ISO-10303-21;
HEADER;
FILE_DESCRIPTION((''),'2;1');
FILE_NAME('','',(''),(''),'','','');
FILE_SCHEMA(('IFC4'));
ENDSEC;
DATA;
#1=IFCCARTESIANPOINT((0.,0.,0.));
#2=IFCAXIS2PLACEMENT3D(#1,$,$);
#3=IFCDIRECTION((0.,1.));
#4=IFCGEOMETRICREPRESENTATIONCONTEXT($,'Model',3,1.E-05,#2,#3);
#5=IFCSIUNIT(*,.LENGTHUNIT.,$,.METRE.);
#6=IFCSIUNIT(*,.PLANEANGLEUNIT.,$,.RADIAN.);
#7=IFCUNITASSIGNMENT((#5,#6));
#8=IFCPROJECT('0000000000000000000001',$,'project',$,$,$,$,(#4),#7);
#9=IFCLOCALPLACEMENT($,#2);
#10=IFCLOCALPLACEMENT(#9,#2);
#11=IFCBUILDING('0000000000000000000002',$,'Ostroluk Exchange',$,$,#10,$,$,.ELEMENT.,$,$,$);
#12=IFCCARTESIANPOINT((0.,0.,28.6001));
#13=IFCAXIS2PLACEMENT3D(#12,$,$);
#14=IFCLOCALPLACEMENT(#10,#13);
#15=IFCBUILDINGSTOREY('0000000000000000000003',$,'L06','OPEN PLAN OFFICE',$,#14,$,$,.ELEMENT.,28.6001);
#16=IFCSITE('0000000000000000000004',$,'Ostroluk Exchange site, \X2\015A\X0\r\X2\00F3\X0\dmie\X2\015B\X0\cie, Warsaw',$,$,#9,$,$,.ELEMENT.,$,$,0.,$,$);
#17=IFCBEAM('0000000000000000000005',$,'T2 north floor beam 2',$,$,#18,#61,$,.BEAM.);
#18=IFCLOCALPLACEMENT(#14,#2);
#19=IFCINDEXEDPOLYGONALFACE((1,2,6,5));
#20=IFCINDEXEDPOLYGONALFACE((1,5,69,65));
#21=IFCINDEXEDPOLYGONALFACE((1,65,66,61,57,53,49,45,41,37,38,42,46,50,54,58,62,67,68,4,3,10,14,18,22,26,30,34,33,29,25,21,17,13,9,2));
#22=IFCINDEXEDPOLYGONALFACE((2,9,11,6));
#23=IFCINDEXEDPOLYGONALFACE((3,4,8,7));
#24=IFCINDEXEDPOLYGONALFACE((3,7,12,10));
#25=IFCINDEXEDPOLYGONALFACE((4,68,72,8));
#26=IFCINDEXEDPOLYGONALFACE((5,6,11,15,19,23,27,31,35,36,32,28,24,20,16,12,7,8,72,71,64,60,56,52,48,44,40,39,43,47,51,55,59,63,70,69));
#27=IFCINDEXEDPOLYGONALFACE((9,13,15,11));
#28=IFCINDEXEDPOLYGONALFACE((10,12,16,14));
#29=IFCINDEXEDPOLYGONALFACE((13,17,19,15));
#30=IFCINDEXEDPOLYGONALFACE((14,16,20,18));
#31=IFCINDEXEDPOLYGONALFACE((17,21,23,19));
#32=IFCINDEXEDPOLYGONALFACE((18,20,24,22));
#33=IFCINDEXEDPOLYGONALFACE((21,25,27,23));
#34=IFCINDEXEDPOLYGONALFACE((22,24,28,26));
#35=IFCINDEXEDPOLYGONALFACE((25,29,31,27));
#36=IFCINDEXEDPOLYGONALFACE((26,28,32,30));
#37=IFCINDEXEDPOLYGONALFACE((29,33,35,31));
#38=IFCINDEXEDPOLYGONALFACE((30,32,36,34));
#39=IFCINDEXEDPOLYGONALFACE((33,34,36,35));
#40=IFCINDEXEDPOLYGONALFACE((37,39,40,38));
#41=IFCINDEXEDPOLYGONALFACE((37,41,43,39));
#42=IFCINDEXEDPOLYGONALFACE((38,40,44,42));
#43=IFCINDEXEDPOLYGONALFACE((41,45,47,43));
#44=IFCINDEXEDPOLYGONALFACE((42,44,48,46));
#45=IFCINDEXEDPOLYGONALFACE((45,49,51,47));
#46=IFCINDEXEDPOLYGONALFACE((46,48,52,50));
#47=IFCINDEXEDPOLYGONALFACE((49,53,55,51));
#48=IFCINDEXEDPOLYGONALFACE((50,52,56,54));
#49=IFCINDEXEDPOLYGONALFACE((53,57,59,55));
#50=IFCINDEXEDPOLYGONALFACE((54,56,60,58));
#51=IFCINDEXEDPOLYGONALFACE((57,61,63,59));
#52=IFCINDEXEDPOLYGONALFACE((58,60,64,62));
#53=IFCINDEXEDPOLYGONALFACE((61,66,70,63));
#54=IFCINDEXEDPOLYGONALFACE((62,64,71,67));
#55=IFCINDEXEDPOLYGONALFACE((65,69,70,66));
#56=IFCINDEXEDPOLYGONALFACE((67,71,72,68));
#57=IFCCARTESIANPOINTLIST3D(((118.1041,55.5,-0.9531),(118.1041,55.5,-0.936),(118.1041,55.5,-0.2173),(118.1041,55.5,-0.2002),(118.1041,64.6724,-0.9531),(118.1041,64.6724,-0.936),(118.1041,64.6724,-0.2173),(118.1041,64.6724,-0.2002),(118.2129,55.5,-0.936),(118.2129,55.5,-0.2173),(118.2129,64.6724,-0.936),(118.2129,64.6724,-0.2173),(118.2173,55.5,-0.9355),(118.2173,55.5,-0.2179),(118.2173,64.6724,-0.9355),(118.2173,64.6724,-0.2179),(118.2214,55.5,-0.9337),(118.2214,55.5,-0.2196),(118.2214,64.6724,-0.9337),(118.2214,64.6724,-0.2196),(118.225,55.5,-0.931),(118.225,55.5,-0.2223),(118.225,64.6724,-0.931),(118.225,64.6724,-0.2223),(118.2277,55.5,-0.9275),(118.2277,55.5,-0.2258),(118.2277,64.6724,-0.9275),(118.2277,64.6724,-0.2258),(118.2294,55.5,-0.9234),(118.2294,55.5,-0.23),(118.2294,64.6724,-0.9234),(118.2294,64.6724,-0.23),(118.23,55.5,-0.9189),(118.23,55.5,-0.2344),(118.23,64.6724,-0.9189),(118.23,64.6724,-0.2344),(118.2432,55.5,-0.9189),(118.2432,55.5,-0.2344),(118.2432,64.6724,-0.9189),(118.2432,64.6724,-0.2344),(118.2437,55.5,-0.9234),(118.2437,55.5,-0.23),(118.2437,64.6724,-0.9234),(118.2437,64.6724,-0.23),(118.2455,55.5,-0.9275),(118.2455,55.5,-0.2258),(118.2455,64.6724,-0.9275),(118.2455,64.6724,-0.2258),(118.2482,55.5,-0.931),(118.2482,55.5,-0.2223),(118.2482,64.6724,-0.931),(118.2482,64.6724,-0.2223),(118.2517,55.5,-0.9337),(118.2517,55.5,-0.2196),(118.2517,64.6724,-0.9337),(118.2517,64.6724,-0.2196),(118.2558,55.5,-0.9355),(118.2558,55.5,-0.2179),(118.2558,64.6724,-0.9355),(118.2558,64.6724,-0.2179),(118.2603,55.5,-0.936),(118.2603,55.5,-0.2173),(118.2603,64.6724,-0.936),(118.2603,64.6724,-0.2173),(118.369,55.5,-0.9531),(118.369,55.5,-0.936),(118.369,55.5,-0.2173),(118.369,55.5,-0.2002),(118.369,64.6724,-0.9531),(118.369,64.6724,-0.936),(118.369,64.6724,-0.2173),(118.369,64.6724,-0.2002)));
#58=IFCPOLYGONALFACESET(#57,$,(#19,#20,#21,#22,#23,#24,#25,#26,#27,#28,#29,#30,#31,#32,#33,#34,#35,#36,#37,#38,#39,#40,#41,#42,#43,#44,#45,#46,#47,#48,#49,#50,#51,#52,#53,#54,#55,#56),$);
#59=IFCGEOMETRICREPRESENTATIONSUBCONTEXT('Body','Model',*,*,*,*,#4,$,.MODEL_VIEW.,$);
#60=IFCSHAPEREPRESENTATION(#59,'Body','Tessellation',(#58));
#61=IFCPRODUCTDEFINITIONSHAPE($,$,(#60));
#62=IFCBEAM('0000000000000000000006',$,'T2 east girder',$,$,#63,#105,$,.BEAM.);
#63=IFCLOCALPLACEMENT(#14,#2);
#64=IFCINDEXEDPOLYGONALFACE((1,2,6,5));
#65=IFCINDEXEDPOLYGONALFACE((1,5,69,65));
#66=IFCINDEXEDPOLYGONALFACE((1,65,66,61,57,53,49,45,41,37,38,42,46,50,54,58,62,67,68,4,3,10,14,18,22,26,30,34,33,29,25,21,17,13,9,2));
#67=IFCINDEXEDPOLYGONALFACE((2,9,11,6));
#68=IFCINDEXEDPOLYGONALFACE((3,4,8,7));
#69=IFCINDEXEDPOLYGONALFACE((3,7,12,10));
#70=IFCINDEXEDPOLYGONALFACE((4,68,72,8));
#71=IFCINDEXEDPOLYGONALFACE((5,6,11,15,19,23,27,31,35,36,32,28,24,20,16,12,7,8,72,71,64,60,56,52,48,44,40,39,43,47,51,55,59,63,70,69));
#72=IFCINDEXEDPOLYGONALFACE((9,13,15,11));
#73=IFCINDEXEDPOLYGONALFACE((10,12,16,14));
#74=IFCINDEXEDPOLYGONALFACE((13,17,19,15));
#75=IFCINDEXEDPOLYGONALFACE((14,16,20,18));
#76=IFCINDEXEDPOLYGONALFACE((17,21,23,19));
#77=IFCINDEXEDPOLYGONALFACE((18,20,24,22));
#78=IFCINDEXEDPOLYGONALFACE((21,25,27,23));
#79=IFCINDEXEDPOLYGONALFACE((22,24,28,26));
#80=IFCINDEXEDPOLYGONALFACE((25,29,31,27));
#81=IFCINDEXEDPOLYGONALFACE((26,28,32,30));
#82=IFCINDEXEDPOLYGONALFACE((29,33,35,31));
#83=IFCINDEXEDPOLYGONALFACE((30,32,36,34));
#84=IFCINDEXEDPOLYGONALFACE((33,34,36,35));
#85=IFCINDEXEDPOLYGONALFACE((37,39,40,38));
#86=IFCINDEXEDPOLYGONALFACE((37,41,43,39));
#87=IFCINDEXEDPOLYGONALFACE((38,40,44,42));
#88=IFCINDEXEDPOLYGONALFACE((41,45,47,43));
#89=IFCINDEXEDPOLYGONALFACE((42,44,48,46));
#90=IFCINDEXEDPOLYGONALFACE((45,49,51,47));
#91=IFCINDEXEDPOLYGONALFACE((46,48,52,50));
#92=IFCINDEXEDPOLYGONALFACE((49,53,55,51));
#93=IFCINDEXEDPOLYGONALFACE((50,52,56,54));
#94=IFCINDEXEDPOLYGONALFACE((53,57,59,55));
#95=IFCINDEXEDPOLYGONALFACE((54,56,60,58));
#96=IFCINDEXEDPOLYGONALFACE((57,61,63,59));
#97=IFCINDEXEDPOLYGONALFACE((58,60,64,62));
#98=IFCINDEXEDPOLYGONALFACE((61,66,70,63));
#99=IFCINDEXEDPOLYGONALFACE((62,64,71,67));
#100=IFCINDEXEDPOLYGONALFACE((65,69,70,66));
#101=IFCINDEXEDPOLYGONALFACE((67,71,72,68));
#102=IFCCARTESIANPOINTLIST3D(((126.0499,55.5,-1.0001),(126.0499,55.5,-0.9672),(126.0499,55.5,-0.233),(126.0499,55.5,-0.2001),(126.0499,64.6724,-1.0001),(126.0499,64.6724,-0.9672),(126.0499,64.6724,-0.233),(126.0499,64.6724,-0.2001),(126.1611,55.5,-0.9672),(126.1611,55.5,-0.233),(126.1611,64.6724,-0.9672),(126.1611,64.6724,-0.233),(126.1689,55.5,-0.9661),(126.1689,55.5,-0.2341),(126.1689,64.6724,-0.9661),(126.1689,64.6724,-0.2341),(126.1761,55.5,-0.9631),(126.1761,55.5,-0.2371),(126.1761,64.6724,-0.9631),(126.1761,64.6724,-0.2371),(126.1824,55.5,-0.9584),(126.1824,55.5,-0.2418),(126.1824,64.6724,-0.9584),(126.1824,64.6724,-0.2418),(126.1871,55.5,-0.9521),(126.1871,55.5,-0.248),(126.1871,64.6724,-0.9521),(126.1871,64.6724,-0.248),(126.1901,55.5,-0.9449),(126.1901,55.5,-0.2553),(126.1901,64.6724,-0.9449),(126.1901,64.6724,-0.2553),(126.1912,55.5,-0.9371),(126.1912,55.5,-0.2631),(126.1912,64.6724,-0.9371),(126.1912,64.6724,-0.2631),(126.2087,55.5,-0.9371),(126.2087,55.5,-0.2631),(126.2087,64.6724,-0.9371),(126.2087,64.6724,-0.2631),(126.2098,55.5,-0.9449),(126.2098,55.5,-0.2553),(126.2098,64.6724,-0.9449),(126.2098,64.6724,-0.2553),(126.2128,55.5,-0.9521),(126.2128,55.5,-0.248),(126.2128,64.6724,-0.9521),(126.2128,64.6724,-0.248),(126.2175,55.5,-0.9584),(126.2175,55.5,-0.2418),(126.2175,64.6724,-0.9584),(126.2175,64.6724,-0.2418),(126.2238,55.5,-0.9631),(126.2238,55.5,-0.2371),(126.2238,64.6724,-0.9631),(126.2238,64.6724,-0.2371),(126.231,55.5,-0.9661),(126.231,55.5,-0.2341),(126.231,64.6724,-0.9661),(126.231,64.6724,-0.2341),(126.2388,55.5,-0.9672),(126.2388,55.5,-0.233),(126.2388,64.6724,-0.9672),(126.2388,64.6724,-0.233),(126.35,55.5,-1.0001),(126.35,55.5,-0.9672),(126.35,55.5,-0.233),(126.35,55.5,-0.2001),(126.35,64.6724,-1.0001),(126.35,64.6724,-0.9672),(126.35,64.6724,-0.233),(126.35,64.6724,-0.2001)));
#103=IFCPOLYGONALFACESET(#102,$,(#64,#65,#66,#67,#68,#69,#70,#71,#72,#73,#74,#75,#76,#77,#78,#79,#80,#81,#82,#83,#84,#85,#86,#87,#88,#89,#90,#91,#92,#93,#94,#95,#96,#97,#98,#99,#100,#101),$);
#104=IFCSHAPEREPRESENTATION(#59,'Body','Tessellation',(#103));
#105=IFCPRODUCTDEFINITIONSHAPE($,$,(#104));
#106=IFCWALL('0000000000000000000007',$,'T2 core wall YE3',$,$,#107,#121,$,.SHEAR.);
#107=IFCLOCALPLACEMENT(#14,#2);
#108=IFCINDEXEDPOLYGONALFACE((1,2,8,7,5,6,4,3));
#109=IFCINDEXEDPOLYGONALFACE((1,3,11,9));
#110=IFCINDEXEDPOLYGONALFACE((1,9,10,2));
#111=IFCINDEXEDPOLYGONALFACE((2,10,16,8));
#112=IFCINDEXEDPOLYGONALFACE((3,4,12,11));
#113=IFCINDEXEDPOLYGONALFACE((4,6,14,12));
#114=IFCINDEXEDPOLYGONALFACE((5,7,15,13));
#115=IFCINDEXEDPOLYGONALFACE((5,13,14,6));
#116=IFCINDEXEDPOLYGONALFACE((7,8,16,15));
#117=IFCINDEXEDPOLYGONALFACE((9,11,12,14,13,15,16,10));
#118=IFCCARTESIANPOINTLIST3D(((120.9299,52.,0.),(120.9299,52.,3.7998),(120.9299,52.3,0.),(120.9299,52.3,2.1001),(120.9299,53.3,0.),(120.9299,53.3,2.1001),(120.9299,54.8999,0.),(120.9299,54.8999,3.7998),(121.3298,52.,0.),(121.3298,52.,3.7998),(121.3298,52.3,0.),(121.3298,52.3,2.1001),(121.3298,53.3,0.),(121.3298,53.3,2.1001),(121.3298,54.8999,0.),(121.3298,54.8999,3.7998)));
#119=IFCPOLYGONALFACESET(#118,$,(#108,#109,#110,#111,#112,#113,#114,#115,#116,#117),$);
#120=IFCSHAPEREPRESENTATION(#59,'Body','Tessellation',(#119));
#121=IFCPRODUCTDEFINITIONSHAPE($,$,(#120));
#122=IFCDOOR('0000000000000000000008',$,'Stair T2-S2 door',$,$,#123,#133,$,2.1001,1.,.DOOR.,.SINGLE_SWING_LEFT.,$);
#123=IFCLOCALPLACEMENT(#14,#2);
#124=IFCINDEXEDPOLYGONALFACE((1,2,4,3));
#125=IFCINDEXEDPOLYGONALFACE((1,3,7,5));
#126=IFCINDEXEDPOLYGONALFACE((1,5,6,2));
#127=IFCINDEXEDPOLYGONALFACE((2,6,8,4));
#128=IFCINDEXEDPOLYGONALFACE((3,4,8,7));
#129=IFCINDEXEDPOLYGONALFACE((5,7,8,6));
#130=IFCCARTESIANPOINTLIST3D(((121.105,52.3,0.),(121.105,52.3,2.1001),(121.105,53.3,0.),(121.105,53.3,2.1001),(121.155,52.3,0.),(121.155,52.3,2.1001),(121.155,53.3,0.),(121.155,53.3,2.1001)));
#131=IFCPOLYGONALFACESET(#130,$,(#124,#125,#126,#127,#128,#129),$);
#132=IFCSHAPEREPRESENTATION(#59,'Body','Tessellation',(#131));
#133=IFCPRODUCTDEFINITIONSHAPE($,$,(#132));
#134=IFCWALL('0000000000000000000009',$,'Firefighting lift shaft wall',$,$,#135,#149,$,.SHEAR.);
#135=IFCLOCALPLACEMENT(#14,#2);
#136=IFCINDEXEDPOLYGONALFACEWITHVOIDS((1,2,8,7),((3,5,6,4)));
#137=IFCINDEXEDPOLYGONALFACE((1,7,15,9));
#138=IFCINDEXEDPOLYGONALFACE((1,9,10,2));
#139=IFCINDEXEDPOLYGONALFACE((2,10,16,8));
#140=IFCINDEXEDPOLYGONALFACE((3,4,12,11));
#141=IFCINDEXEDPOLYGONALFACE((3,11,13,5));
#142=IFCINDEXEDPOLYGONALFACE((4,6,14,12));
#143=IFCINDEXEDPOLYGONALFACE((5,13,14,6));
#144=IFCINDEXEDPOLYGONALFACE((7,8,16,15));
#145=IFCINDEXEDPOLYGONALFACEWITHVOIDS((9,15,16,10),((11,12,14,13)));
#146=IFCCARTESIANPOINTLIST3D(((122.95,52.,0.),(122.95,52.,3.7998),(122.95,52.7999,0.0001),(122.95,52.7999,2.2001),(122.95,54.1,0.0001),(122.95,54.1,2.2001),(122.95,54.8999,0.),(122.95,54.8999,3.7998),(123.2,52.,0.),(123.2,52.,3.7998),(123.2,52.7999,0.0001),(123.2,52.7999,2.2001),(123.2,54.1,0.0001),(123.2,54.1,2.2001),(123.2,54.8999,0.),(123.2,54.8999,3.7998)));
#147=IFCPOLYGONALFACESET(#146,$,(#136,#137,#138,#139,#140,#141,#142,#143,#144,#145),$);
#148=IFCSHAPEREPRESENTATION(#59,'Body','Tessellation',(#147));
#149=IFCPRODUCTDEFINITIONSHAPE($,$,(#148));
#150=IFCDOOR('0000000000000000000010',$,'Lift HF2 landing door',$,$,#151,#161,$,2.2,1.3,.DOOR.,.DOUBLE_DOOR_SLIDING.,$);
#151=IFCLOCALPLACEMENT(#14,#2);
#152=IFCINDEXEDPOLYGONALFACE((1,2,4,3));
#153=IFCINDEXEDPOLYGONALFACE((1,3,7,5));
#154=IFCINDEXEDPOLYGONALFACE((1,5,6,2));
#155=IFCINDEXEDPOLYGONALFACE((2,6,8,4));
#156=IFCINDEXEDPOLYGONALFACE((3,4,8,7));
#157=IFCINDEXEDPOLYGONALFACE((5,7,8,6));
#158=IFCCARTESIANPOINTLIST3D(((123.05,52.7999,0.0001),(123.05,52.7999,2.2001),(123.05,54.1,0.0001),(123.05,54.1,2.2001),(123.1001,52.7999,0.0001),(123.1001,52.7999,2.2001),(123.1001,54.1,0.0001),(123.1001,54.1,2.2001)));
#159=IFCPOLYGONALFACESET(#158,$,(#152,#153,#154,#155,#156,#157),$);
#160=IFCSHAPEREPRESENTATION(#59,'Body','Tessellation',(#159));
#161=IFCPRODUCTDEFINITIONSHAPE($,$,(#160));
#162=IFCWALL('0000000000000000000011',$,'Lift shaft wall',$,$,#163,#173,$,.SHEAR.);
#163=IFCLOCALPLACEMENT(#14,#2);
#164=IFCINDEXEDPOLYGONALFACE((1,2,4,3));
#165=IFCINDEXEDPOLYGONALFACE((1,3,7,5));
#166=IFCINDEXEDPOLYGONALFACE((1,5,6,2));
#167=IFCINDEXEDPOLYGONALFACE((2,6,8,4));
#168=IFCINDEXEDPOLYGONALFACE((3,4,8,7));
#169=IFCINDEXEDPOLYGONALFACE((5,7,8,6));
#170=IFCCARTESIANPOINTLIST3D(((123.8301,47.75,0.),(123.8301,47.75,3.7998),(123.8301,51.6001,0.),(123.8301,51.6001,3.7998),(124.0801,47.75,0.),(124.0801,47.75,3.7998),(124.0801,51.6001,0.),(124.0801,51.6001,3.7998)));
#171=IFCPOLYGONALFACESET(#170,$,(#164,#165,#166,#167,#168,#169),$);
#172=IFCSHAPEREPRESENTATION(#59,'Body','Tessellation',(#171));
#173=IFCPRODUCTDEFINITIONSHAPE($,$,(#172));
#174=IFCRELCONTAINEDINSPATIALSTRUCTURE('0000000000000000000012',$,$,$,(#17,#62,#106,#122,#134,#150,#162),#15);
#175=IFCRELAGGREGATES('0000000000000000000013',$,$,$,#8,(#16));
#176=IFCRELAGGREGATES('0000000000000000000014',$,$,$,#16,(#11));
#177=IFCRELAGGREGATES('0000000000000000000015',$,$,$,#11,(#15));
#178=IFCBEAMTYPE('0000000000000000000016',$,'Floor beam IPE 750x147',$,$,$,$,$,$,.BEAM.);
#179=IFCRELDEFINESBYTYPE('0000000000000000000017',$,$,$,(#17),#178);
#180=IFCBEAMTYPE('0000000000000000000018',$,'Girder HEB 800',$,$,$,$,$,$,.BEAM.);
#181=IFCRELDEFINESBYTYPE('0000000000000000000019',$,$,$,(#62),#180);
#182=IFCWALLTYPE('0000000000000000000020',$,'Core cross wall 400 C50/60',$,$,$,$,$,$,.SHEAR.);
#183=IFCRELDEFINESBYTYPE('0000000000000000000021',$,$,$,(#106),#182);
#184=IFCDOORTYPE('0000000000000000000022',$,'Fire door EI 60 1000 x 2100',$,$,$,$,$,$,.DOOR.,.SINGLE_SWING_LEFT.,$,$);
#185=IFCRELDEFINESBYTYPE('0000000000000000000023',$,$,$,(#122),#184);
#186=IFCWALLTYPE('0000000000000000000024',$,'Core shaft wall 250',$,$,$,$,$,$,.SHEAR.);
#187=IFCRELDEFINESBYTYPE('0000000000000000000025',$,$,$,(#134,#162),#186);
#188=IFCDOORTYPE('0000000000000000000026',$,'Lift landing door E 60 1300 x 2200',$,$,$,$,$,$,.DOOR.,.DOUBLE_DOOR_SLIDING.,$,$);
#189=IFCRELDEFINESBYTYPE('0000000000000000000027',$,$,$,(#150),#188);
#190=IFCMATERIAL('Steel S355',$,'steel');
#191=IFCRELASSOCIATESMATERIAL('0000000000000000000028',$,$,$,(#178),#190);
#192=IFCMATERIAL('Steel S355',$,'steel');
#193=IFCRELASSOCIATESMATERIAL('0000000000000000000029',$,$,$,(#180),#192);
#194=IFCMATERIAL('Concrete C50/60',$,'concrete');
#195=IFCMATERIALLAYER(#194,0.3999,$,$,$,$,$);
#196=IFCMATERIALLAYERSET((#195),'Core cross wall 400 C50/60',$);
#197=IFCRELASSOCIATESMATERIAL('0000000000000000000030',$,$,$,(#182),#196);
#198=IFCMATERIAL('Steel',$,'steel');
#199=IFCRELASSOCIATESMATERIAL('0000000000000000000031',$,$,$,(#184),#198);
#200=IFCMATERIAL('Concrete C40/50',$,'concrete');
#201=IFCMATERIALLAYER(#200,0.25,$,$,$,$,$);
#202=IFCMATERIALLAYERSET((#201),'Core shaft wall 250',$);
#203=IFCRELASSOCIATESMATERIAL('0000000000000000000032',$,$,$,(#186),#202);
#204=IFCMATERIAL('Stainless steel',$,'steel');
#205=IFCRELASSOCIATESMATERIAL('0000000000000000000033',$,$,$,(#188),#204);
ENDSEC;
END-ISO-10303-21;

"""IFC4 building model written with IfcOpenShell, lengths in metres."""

from ifc_helpers import new_model, si_unit, direction, frame, frame_2d, origin, origin_2d, place, context, subcontext, project, spatial, rectangle, i_section, extrude, material, layer, layer_set, material_profile, profile_set, type_object, element, fill, save


model = new_model("IFC4")

# Units and contexts
model_context = context("Model", 3, precision=1e-05, world=origin(), true_north=direction((0.0, 1.0)))
body_context = subcontext(model_context, "Body", "Model", "MODEL_VIEW")
ifc_project = project(units=[si_unit("LENGTHUNIT", "METRE"), si_unit("PLANEANGLEUNIT", "RADIAN")], contexts=[model_context])

# Site, building, storey
site_placement = place(None, origin())
site = spatial("IfcSite", under=ifc_project, at=site_placement, Name="Ostroluk Exchange site, Śródmieście, Warsaw", CompositionType="ELEMENT", RefElevation=0.0)
building_placement = place(site_placement, origin())
building = spatial("IfcBuilding", under=site, at=building_placement, Name="Ostroluk Exchange", CompositionType="ELEMENT")
storey_placement = place(building_placement, frame((0.0, 0.0, 28.6001)))
storey = spatial("IfcBuildingStorey", under=building, at=storey_placement, Name="L06", Description="OPEN PLAN OFFICE", CompositionType="ELEMENT", Elevation=28.6001)

# Beams
ifc_material_1 = material(Name="Steel S355", Category="steel")
ifc_material_profile_1 = material_profile(ifc_material_1, i_section(OverallWidth=0.2649, OverallDepth=0.7529, WebThickness=0.0132, FlangeThickness=0.0171, FilletRadius=0.0171, at=origin_2d()), Name="IPE 750x147")
ifc_profile_set_1 = profile_set([ifc_material_profile_1], Name="Steel S355")
beam_type_1 = type_object("IfcBeamType", Name="Floor beam IPE 750x147", PredefinedType="BEAM", material=ifc_profile_set_1)
for number, where, z_axis, x_axis, name in (
    (1, (118.2366, 55.5, -0.5767), (0.0, 1.0, 0.0), (-1.0, 0.0, 0.0), "T2 north floor beam 2"),
):
    element("IfcBeam", number, at=place(storey_placement, frame(where, z_axis=z_axis, x_axis=x_axis)), inside=storey, type_object=beam_type_1, Name=name, PredefinedType="BEAM", context=body_context, shape_type="SweptSolid", body=[
        extrude(i_section(OverallWidth=0.2649, OverallDepth=0.7529, WebThickness=0.0132, FlangeThickness=0.0171, FilletRadius=0.0171, at=origin_2d()), origin(), (0.0, 0.0, 1.0), 9.1724),
    ])
ifc_material_2 = material(Name="Steel S355", Category="steel")
ifc_material_profile_2 = material_profile(ifc_material_2, i_section(OverallWidth=0.3, OverallDepth=0.8, WebThickness=0.0176, FlangeThickness=0.033, FilletRadius=0.03, at=origin_2d()), Name="HEB 800")
ifc_profile_set_2 = profile_set([ifc_material_profile_2], Name="Steel S355")
beam_type_2 = type_object("IfcBeamType", Name="Girder HEB 800", PredefinedType="BEAM", material=ifc_profile_set_2)
beam_1_placement = place(storey_placement, frame((126.2, 55.5, -0.6001), z_axis=(0.0, 1.0, 0.0), x_axis=(-1.0, 0.0, 0.0)))
element("IfcBeam", 2, at=beam_1_placement, inside=storey, type_object=beam_type_2, Name="T2 east girder", PredefinedType="BEAM", context=body_context, shape_type="SweptSolid", body=[
    extrude(i_section(OverallWidth=0.3, OverallDepth=0.8, WebThickness=0.0176, FlangeThickness=0.033, FilletRadius=0.03, at=origin_2d()), origin(), (0.0, 0.0, 1.0), 9.1724),
])

# Walls, openings, doors
ifc_material_3 = material(Name="Concrete C50/60", Category="concrete")
ifc_layer_1 = layer(ifc_material_3, 0.3999)
ifc_layer_set_1 = layer_set([ifc_layer_1], Name="Core cross wall 400 C50/60")
wall_type_1 = type_object("IfcWallType", Name="Core cross wall 400 C50/60", PredefinedType="SHEAR", material=ifc_layer_set_1)
wall_1_placement = place(storey_placement, frame((121.1299, 52.0, 0.0), z_axis=(0.0, 0.0, 1.0), x_axis=(0.0, 1.0, 0.0)))
wall_1 = element("IfcWall", 3, at=wall_1_placement, inside=storey, type_object=wall_type_1, Name="T2 core wall YE3", PredefinedType="SHEAR", context=body_context, shape_type="SweptSolid", body=[
    extrude(rectangle(XDim=2.8999, YDim=0.3999, at=frame_2d((1.45, 0.0))), origin(), (0.0, 0.0, 1.0), 3.7998),
])
opening_1_placement = place(wall_1_placement, frame((0.3, 0.0, 0.0)))
opening_1 = element("IfcOpeningElement", 4, at=opening_1_placement, cuts=wall_1, PredefinedType="OPENING", context=body_context, shape_type="SweptSolid", body=[
    extrude(rectangle(XDim=1.0, YDim=2.1001, at=frame_2d((0.5, 1.05))), frame((0.0, 0.21, 0.0), z_axis=(0.0, -1.0, 0.0), x_axis=(1.0, 0.0, 0.0)), (0.0, 0.0, 1.0), 0.4199),
])
ifc_material_4 = material(Name="Steel", Category="steel")
door_type_1 = type_object("IfcDoorType", Name="Fire door EI 60 1000 x 2100", OperationType="SINGLE_SWING_LEFT", PredefinedType="DOOR", material=ifc_material_4)
door_1_placement = place(opening_1_placement, origin())
door_1 = element("IfcDoor", 5, at=door_1_placement, inside=storey, type_object=door_type_1, Name="Stair T2-S2 door", OperationType="SINGLE_SWING_LEFT", OverallHeight=2.1001, OverallWidth=1.0, PredefinedType="DOOR", context=body_context, shape_type="SweptSolid", body=[
    extrude(rectangle(XDim=1.0, YDim=2.1001, at=frame_2d((0.5, 1.05))), frame((0.0, 0.0249, 0.0), z_axis=(0.0, -1.0, 0.0), x_axis=(1.0, 0.0, 0.0)), (0.0, 0.0, 1.0), 0.05),
])
fill(opening_1, door_1)
ifc_material_5 = material(Name="Concrete C40/50", Category="concrete")
ifc_layer_2 = layer(ifc_material_5, 0.25)
ifc_layer_set_2 = layer_set([ifc_layer_2], Name="Core shaft wall 250")
wall_type_2 = type_object("IfcWallType", Name="Core shaft wall 250", PredefinedType="SHEAR", material=ifc_layer_set_2)
wall_2_placement = place(storey_placement, frame((123.075, 52.0, 0.0), z_axis=(0.0, 0.0, 1.0), x_axis=(0.0, 1.0, 0.0)))
wall_2 = element("IfcWall", 6, at=wall_2_placement, inside=storey, type_object=wall_type_2, Name="Firefighting lift shaft wall", PredefinedType="SHEAR", context=body_context, shape_type="SweptSolid", body=[
    extrude(rectangle(XDim=2.8999, YDim=0.25, at=frame_2d((1.45, 0.0))), origin(), (0.0, 0.0, 1.0), 3.7998),
])
opening_2_placement = place(wall_2_placement, frame((0.8, 0.0, 0.0)))
opening_2 = element("IfcOpeningElement", 7, at=opening_2_placement, cuts=wall_2, PredefinedType="OPENING", context=body_context, shape_type="SweptSolid", body=[
    extrude(rectangle(XDim=1.3, YDim=2.2, at=frame_2d((0.6499, 1.1001))), frame((0.0, 0.135, 0.0), z_axis=(0.0, -1.0, 0.0), x_axis=(1.0, 0.0, 0.0)), (0.0, 0.0, 1.0), 0.27),
])
ifc_material_6 = material(Name="Stainless steel", Category="steel")
door_type_2 = type_object("IfcDoorType", Name="Lift landing door E 60 1300 x 2200", OperationType="DOUBLE_DOOR_SLIDING", PredefinedType="DOOR", material=ifc_material_6)
door_2_placement = place(opening_2_placement, origin())
door_2 = element("IfcDoor", 8, at=door_2_placement, inside=storey, type_object=door_type_2, Name="Lift HF2 landing door", OperationType="DOUBLE_DOOR_SLIDING", OverallHeight=2.2, OverallWidth=1.3, PredefinedType="DOOR", context=body_context, shape_type="SweptSolid", body=[
    extrude(rectangle(XDim=1.3, YDim=2.2, at=frame_2d((0.6499, 1.1001))), frame((0.0, 0.0249, 0.0), z_axis=(0.0, -1.0, 0.0), x_axis=(1.0, 0.0, 0.0)), (0.0, 0.0, 1.0), 0.05),
])
fill(opening_2, door_2)

# Wall
wall_3_placement = place(storey_placement, frame((123.9551, 47.75, 0.0), z_axis=(0.0, 0.0, 1.0), x_axis=(0.0, 1.0, 0.0)))
element("IfcWall", 9, at=wall_3_placement, inside=storey, type_object=wall_type_2, Name="Lift shaft wall", PredefinedType="SHEAR", context=body_context, shape_type="SweptSolid", body=[
    extrude(rectangle(XDim=3.8501, YDim=0.25, at=frame_2d((1.925, 0.0))), origin(), (0.0, 0.0, 1.0), 3.7998),
])

save(model, "model.ifc")
